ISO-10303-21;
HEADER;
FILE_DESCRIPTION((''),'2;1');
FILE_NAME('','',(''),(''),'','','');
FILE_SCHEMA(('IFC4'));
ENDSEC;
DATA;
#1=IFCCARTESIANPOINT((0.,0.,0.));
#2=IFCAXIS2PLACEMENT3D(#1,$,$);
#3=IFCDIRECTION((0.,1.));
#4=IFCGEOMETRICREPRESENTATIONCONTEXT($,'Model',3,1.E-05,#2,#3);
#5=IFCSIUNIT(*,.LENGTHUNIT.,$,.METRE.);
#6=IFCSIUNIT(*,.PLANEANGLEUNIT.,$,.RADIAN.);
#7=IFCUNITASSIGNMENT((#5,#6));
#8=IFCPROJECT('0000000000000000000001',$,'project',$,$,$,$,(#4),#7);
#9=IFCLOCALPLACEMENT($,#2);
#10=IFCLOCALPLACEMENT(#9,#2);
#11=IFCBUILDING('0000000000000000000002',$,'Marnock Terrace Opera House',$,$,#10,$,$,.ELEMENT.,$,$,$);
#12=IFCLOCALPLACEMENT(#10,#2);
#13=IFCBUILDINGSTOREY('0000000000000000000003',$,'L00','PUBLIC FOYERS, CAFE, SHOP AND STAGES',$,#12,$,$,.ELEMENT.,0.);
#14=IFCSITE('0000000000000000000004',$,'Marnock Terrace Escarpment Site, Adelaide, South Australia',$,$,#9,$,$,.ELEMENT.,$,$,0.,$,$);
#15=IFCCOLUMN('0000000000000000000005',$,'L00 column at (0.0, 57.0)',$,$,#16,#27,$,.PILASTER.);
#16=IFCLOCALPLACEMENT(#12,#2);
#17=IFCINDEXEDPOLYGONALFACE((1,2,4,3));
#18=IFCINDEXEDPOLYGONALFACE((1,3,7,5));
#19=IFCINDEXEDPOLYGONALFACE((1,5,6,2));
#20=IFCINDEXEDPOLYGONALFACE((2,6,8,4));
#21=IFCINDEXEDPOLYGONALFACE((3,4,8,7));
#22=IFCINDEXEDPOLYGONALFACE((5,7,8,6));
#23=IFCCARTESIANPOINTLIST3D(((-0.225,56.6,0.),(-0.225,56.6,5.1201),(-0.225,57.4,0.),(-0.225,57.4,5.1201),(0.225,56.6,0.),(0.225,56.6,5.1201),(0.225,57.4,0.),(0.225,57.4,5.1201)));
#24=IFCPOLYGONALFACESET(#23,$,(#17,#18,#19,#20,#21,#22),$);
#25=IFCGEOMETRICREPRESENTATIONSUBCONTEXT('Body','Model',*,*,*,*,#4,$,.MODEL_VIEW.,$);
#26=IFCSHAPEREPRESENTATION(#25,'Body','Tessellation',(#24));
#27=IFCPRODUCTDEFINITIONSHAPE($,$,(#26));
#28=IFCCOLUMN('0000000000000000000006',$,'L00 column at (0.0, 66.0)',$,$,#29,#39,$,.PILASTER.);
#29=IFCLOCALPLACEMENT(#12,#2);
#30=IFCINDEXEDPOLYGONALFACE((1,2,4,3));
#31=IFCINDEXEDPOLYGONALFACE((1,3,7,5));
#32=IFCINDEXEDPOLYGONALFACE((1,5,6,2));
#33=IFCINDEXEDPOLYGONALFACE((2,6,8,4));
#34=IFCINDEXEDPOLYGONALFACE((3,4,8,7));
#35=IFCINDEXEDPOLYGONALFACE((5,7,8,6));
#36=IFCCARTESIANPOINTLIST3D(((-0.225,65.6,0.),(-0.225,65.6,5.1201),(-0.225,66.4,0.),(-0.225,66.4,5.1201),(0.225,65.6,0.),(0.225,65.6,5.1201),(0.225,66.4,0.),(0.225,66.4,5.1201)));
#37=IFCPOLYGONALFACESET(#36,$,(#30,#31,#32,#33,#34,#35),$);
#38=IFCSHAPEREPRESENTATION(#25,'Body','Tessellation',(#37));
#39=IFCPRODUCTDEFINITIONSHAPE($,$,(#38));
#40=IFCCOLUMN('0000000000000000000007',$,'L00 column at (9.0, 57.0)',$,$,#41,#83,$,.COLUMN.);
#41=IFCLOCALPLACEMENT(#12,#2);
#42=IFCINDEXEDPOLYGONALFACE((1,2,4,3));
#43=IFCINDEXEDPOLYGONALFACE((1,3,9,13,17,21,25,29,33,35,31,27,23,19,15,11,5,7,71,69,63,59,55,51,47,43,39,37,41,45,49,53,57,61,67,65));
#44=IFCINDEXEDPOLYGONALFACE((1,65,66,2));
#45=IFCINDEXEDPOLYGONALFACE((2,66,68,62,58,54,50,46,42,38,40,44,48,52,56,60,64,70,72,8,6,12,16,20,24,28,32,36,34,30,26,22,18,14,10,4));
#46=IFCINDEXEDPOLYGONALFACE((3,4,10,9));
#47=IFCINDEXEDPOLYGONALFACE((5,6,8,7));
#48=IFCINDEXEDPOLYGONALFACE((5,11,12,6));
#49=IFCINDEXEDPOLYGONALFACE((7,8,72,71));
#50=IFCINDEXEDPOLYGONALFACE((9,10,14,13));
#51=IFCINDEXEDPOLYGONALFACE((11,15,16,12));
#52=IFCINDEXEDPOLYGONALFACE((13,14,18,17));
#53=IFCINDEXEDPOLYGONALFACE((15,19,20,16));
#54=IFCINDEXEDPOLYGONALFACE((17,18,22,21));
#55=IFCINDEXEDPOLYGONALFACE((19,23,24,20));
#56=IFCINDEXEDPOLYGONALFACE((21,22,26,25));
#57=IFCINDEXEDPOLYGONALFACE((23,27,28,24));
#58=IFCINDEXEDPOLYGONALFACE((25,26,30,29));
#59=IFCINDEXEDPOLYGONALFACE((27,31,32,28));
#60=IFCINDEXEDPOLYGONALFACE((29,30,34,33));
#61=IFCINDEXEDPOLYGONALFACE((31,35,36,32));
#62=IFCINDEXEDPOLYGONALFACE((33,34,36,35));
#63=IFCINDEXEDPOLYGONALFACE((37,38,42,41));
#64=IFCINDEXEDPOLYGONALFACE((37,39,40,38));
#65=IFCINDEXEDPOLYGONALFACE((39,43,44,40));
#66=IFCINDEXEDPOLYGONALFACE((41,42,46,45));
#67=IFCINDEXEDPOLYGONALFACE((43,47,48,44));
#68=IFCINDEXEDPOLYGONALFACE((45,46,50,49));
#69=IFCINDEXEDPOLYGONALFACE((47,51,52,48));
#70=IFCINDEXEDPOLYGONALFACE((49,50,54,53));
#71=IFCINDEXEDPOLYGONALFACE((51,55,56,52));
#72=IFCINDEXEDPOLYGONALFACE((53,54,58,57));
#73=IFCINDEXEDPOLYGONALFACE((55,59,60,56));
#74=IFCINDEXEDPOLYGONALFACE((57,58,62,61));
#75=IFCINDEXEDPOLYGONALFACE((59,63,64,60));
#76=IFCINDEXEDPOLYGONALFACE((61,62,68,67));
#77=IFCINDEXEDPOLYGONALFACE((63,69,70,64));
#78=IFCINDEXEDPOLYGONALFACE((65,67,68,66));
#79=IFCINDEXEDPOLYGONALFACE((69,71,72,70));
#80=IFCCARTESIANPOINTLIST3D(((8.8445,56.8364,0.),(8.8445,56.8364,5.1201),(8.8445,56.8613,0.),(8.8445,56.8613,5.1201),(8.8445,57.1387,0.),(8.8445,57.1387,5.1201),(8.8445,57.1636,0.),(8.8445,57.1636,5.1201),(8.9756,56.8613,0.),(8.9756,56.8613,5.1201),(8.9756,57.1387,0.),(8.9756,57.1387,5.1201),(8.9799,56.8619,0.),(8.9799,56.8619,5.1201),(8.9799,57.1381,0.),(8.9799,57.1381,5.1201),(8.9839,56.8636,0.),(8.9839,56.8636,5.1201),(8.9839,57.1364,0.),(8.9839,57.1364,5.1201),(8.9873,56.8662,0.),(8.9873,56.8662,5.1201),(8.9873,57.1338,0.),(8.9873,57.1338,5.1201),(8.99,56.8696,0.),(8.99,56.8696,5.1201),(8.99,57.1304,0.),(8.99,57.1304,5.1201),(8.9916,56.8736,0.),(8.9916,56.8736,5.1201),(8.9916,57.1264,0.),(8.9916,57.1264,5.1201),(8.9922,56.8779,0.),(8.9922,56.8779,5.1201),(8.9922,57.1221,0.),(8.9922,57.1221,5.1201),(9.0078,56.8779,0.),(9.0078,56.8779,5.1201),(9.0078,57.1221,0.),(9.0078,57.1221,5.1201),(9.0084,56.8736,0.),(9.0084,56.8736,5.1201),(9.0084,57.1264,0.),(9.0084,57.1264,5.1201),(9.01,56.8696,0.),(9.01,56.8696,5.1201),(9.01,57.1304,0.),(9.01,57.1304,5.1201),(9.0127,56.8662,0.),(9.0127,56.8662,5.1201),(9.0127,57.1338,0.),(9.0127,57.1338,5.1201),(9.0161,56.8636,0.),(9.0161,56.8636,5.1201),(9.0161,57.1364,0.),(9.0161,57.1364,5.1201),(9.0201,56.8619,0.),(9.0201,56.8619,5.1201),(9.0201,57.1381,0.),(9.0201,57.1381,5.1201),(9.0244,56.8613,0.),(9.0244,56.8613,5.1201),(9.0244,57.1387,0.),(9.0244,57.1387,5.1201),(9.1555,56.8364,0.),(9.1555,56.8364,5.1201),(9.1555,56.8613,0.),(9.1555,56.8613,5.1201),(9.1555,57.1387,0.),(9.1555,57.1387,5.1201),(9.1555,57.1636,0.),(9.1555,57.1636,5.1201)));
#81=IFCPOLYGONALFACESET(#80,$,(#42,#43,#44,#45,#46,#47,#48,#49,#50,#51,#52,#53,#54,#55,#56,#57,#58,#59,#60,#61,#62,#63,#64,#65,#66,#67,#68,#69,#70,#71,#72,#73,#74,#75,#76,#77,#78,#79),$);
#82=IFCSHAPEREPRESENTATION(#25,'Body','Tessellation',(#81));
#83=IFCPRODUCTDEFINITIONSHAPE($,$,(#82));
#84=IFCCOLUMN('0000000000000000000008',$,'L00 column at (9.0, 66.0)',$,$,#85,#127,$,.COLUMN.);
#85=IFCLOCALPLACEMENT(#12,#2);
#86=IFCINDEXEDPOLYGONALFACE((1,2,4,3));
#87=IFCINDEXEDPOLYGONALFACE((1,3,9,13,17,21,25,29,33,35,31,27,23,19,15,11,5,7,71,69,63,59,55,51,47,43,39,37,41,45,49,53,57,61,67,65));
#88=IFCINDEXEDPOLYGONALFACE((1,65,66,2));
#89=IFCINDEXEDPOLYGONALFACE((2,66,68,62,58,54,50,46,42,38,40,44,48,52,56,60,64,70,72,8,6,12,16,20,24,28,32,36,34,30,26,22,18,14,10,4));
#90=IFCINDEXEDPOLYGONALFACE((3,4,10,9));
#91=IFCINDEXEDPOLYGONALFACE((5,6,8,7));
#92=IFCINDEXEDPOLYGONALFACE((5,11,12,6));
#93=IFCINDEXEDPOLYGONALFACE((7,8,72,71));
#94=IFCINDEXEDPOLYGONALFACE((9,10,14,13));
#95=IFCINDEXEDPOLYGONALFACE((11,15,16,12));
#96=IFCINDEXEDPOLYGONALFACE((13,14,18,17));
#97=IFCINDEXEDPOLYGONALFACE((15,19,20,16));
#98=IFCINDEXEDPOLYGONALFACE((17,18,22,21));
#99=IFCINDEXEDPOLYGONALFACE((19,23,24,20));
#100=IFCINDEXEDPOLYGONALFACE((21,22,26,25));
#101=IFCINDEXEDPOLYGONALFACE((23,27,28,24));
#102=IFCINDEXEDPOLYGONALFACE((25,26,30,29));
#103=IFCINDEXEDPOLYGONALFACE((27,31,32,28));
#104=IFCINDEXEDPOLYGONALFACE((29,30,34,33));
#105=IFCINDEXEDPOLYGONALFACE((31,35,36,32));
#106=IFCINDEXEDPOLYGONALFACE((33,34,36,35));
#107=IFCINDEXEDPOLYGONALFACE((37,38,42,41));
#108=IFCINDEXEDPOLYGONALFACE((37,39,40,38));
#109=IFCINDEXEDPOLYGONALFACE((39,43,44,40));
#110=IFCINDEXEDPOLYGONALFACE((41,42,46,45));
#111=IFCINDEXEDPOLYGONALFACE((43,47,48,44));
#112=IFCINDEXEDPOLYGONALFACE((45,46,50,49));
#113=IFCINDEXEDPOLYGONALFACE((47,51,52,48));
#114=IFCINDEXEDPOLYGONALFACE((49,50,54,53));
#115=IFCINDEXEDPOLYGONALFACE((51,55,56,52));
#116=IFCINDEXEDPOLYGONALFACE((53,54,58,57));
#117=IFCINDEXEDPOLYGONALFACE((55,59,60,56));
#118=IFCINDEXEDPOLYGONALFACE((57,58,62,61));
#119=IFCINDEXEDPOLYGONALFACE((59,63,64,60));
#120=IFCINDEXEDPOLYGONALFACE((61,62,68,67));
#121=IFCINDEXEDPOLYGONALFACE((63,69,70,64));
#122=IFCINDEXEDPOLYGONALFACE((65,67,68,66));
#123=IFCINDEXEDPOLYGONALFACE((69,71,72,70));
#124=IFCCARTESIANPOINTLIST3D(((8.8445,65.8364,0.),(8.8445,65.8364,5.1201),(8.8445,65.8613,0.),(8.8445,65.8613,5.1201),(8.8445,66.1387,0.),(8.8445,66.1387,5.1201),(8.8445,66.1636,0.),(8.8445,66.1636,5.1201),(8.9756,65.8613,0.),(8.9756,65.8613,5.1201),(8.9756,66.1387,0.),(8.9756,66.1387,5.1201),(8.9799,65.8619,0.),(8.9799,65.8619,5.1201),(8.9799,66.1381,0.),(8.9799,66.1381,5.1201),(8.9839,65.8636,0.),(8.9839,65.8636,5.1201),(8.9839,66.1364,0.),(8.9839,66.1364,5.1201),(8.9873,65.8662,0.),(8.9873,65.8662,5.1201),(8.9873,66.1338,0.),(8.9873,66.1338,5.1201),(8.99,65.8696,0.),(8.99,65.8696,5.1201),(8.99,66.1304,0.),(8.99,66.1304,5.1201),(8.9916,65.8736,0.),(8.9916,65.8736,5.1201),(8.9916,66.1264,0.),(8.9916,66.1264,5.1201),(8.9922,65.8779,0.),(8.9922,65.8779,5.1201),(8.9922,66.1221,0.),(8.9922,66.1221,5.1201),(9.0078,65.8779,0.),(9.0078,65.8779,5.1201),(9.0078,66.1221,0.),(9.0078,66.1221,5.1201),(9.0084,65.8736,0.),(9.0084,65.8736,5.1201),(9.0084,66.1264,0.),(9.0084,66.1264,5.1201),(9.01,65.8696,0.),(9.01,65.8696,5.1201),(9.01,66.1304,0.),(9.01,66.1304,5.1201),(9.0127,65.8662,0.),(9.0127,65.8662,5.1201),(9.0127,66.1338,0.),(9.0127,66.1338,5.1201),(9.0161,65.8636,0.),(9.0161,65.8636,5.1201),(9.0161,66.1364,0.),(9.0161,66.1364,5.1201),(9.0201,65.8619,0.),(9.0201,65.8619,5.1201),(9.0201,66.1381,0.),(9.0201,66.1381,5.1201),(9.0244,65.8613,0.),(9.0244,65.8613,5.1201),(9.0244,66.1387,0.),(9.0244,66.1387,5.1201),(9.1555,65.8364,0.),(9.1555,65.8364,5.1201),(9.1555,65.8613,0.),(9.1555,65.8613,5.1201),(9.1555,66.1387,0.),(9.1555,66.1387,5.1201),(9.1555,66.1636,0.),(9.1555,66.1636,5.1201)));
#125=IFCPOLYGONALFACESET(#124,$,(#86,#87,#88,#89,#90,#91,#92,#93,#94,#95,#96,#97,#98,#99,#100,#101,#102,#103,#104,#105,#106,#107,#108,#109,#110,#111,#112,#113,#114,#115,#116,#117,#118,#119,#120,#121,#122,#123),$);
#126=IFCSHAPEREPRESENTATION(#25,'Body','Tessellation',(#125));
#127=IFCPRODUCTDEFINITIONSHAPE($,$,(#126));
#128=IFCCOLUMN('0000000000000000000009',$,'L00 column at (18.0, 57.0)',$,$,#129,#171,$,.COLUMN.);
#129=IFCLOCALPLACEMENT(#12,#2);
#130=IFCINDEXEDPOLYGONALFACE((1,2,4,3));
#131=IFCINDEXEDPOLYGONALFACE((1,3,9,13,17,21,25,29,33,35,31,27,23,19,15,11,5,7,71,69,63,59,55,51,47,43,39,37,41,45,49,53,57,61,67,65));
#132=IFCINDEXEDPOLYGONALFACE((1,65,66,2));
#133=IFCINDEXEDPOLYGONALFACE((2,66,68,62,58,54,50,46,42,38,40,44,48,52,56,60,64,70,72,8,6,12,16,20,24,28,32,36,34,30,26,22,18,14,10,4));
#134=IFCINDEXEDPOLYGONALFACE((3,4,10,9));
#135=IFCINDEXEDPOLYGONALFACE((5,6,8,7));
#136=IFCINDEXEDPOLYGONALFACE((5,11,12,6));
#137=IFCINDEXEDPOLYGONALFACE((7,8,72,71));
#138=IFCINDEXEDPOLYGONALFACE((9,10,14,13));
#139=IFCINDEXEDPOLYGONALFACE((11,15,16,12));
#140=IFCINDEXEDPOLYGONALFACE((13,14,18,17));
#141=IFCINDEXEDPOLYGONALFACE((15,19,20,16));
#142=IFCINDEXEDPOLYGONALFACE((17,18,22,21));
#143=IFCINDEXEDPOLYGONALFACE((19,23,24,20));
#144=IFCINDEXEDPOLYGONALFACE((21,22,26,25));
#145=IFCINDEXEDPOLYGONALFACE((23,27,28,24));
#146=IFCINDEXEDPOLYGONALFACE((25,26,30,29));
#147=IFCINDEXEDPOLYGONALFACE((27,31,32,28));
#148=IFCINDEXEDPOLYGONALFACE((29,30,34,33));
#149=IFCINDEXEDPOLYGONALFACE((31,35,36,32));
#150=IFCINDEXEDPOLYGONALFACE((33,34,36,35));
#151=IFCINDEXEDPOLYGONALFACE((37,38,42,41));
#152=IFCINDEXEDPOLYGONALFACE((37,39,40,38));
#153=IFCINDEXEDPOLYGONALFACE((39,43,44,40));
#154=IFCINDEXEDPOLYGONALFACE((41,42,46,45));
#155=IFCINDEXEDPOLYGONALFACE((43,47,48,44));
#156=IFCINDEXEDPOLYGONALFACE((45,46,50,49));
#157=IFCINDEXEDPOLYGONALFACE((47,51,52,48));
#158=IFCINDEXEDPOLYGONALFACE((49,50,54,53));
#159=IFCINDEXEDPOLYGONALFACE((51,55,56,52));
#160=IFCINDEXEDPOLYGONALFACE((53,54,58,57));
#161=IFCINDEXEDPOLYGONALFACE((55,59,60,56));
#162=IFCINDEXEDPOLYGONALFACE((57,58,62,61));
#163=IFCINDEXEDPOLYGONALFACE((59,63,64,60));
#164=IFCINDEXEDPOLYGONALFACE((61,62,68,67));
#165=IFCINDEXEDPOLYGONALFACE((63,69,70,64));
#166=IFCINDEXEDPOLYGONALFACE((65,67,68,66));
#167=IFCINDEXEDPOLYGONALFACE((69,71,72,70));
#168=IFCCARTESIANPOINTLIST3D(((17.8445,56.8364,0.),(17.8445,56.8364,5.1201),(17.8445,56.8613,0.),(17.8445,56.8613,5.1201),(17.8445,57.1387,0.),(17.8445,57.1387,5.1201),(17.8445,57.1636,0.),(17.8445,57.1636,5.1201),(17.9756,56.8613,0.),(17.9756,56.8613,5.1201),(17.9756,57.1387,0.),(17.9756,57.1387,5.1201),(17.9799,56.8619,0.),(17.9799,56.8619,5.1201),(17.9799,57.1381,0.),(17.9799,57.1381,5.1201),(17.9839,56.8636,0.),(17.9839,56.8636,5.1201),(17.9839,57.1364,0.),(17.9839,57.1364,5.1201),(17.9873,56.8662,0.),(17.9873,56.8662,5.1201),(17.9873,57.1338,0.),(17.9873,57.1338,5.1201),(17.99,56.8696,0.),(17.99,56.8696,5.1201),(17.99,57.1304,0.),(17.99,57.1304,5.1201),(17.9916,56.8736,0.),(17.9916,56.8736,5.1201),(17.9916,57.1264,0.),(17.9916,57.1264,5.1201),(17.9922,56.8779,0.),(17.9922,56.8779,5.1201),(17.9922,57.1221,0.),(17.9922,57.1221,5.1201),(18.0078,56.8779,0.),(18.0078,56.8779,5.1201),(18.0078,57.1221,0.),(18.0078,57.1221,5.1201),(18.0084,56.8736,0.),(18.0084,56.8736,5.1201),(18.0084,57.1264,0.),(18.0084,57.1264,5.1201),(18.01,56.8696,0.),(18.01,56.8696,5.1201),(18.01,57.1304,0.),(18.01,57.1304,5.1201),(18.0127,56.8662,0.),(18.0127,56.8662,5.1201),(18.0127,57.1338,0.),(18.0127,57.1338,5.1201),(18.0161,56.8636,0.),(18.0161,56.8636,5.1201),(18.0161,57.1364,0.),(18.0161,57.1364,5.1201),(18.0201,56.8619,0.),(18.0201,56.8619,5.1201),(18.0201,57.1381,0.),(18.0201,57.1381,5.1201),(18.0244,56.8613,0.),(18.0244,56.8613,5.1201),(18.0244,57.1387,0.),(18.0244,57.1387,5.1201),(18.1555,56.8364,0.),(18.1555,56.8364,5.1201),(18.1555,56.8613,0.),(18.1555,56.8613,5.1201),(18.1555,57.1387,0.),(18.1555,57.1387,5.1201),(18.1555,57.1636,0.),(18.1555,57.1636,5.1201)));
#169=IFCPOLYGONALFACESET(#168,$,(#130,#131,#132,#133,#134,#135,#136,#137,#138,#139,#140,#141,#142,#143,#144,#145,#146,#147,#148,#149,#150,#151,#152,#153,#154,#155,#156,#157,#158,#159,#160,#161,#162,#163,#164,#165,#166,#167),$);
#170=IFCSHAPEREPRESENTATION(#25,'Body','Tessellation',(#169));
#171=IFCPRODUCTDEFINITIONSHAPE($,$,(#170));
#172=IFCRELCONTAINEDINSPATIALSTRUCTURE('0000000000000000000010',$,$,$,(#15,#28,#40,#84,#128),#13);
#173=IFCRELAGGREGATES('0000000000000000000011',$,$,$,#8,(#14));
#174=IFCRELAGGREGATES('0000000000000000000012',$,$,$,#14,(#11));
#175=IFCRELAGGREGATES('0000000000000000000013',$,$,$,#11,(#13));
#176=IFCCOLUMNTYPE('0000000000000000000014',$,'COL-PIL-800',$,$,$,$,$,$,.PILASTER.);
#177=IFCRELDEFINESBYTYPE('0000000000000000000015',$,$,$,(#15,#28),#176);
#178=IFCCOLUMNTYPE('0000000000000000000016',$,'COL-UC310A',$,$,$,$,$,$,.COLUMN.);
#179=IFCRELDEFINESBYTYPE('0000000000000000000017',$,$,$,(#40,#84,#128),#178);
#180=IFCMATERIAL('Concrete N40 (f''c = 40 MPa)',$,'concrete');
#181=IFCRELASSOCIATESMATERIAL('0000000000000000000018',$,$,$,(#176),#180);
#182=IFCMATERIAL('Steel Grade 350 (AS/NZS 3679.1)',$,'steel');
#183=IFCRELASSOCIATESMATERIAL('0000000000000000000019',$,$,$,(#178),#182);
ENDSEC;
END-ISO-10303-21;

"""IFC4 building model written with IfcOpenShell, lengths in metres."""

from ifc_helpers import new_model, si_unit, direction, frame, origin, origin_2d, place, context, subcontext, project, spatial, rectangle, i_section, extrude, material, material_profile, profile_set, type_object, element, save


model = new_model("IFC4")

# Units and contexts
model_context = context("Model", 3, precision=1e-05, world=origin(), true_north=direction((0.0, 1.0)))
body_context = subcontext(model_context, "Body", "Model", "MODEL_VIEW")
ifc_project = project(units=[si_unit("LENGTHUNIT", "METRE"), si_unit("PLANEANGLEUNIT", "RADIAN")], contexts=[model_context])

# Site, building, storey
site_placement = place(None, origin())
site = spatial("IfcSite", under=ifc_project, at=site_placement, Name="Marnock Terrace Escarpment Site, Adelaide, South Australia", CompositionType="ELEMENT", RefElevation=0.0)
building_placement = place(site_placement, origin())
building = spatial("IfcBuilding", under=site, at=building_placement, Name="Marnock Terrace Opera House", CompositionType="ELEMENT")
storey_placement = place(building_placement, origin())
storey = spatial("IfcBuildingStorey", under=building, at=storey_placement, Name="L00", Description="PUBLIC FOYERS, CAFE, SHOP AND STAGES", CompositionType="ELEMENT", Elevation=0.0)

# Columns
ifc_material_1 = material(Name="Concrete N40 (f'c = 40 MPa)", Category="concrete")
ifc_material_profile_1 = material_profile(ifc_material_1, rectangle(XDim=0.45, YDim=0.8, at=origin_2d()))
ifc_profile_set_1 = profile_set([ifc_material_profile_1], Name="Concrete N40 (f'c = 40 MPa)")
column_type_1 = type_object("IfcColumnType", Name="COL-PIL-800", PredefinedType="PILASTER", material=ifc_profile_set_1)
for number, where, z_axis, x_axis, name in (
    (1, (0.0, 57.0, 0.0), (0.0, 0.0, 1.0), (1.0, 0.0, 0.0), "L00 column at (0.0, 57.0)"),
    (2, (0.0, 66.0, 0.0), (0.0, 0.0, 1.0), (1.0, 0.0, 0.0), "L00 column at (0.0, 66.0)"),
):
    element("IfcColumn", number, at=place(storey_placement, frame(where, z_axis=z_axis, x_axis=x_axis)), inside=storey, type_object=column_type_1, Name=name, PredefinedType="PILASTER", context=body_context, shape_type="SweptSolid", body=[
        extrude(rectangle(XDim=0.45, YDim=0.8, at=origin_2d()), origin(), (0.0, 0.0, 1.0), 5.1201),
    ])
ifc_material_2 = material(Name="Steel Grade 350 (AS/NZS 3679.1)", Category="steel")
ifc_material_profile_2 = material_profile(ifc_material_2, i_section(OverallWidth=0.311, OverallDepth=0.3271, WebThickness=0.0156, FlangeThickness=0.0249, FilletRadius=0.0166, at=origin_2d()))
ifc_profile_set_2 = profile_set([ifc_material_profile_2], Name="Steel Grade 350 (AS/NZS 3679.1)")
column_type_2 = type_object("IfcColumnType", Name="COL-UC310A", PredefinedType="COLUMN", material=ifc_profile_set_2)
for number, where, z_axis, x_axis, name in (
    (3, (9.0, 57.0, 0.0), (0.0, 0.0, 1.0), (1.0, 0.0, 0.0), "L00 column at (9.0, 57.0)"),
    (4, (9.0, 66.0, 0.0), (0.0, 0.0, 1.0), (1.0, 0.0, 0.0), "L00 column at (9.0, 66.0)"),
    (5, (18.0, 57.0, 0.0), (0.0, 0.0, 1.0), (1.0, 0.0, 0.0), "L00 column at (18.0, 57.0)"),
):
    element("IfcColumn", number, at=place(storey_placement, frame(where, z_axis=z_axis, x_axis=x_axis)), inside=storey, type_object=column_type_2, Name=name, PredefinedType="COLUMN", context=body_context, shape_type="SweptSolid", body=[
        extrude(i_section(OverallWidth=0.311, OverallDepth=0.3271, WebThickness=0.0156, FlangeThickness=0.0249, FilletRadius=0.0166, at=origin_2d()), origin(), (0.0, 0.0, 1.0), 5.1201),
    ])

save(model, "model.ifc")
